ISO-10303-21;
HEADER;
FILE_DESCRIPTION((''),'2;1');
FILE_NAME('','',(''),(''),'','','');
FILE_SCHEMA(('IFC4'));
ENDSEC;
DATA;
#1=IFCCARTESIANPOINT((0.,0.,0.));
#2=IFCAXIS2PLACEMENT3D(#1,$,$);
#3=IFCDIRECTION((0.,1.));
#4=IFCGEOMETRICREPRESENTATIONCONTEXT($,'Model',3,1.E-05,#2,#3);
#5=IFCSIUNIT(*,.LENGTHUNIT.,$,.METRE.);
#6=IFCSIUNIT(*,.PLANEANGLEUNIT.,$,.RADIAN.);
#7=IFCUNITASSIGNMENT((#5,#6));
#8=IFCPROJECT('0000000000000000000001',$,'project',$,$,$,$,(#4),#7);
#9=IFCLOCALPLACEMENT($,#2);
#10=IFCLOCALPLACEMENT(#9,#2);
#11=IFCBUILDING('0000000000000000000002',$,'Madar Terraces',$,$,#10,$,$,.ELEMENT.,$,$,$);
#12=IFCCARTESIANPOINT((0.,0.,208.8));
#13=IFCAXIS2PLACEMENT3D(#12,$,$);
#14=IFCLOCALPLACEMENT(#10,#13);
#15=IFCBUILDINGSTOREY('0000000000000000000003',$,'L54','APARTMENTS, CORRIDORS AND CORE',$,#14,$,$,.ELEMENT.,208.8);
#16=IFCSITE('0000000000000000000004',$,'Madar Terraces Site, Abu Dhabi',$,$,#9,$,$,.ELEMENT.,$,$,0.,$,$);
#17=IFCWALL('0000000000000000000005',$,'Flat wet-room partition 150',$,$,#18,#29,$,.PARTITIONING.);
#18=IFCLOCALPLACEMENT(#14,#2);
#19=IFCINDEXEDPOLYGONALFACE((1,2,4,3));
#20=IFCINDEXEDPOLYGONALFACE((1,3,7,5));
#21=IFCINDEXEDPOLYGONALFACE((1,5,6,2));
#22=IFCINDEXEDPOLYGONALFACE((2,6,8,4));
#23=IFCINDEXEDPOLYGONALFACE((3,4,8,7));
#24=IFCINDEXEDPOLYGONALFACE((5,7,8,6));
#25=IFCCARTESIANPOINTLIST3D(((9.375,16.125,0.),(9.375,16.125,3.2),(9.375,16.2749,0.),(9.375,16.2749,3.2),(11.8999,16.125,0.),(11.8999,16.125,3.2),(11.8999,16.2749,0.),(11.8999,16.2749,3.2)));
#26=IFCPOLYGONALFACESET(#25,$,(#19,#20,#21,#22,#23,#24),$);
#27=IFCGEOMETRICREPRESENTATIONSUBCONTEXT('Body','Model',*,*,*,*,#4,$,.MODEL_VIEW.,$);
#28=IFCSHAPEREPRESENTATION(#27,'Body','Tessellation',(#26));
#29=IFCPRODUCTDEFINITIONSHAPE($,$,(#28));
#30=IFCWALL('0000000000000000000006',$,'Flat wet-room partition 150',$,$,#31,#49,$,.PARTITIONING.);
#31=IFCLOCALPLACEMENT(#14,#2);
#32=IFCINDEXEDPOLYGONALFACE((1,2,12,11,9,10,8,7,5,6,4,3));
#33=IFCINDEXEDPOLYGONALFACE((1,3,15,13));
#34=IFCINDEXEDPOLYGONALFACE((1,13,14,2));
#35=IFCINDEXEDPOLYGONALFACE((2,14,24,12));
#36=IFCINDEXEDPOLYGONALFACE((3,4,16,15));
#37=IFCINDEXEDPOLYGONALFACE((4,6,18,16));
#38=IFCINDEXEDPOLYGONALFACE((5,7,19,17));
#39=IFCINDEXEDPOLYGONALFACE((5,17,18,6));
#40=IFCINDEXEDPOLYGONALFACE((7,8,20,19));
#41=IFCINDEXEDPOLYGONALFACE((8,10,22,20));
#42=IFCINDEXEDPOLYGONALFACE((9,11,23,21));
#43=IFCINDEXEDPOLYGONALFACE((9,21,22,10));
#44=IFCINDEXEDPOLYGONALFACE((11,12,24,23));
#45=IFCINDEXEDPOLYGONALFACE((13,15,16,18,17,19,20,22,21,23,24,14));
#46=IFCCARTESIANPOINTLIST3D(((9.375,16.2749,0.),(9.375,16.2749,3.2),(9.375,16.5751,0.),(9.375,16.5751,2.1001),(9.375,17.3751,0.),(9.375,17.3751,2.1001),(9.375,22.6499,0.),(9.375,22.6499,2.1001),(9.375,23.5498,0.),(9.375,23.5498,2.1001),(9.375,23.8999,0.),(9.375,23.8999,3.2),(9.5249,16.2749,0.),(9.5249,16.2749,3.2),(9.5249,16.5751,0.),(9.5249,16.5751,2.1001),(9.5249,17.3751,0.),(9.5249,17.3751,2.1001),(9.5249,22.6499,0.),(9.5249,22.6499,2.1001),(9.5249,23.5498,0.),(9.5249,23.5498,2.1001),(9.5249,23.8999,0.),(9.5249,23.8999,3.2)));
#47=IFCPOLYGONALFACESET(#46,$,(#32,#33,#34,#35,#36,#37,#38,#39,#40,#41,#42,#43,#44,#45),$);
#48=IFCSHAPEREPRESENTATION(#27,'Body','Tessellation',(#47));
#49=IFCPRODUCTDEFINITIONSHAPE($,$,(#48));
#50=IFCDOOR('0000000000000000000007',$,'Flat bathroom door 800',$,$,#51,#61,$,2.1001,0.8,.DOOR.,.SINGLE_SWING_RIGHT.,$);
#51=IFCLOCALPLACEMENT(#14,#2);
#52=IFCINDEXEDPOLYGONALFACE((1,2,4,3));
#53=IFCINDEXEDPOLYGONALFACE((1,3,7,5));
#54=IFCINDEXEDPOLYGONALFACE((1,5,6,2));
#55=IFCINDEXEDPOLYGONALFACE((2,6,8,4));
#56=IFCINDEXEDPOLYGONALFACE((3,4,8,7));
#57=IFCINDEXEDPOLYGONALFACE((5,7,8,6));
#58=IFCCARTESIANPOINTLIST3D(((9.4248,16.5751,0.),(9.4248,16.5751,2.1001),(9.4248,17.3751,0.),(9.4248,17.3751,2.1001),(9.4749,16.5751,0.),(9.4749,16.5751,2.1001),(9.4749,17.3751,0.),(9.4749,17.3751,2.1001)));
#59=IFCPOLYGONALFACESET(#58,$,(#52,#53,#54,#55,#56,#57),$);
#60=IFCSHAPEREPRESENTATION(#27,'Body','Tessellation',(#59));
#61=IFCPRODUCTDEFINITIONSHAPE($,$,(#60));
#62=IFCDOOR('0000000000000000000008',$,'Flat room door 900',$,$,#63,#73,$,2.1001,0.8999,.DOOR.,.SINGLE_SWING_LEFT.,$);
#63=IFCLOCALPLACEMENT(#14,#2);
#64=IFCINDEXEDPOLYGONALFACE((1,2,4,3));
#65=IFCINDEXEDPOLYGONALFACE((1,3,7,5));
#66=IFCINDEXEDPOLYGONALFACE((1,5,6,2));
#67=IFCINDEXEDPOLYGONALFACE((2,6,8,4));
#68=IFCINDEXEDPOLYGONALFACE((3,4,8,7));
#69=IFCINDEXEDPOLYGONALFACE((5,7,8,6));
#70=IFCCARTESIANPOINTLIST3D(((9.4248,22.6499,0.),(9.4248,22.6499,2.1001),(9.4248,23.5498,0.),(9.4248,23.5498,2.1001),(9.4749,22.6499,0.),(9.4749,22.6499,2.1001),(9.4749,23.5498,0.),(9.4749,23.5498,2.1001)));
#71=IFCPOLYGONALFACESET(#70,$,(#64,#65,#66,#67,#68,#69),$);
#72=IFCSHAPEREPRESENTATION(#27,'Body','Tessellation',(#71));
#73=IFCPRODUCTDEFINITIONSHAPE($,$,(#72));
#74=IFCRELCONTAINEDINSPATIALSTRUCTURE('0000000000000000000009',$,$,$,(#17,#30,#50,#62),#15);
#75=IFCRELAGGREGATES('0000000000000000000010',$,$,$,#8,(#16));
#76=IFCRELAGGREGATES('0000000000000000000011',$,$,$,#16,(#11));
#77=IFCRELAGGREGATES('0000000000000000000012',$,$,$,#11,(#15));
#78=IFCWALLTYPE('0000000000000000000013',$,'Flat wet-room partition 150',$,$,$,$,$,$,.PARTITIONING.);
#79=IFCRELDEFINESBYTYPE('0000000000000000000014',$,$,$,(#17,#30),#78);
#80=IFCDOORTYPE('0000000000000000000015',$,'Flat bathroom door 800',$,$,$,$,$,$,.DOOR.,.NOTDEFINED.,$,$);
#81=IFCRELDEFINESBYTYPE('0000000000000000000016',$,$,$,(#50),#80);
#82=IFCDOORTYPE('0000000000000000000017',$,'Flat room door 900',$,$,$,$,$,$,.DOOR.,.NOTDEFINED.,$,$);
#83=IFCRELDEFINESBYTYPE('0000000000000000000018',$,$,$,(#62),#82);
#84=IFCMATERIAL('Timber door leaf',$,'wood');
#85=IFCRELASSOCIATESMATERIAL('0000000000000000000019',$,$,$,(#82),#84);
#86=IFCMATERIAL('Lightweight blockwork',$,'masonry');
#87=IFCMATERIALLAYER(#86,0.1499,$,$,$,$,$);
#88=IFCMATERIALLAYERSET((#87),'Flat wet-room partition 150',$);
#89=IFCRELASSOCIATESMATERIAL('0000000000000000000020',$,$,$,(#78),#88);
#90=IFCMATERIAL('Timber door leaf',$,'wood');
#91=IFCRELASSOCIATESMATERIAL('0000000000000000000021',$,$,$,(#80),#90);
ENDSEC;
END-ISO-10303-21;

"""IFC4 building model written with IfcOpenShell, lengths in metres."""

from ifc_helpers import new_model, si_unit, direction, frame, frame_2d, origin, place, context, subcontext, project, spatial, rectangle, extrude, material, layer, layer_set, type_object, element, fill, save


model = new_model("IFC4")

# Units and contexts
model_context = context("Model", 3, precision=1e-05, world=origin(), true_north=direction((0.0, 1.0)))
body_context = subcontext(model_context, "Body", "Model", "MODEL_VIEW")
ifc_project = project(units=[si_unit("LENGTHUNIT", "METRE"), si_unit("PLANEANGLEUNIT", "RADIAN")], contexts=[model_context])

# Site, building, storey
site_placement = place(None, origin())
site = spatial("IfcSite", under=ifc_project, at=site_placement, Name="Madar Terraces Site, Abu Dhabi", CompositionType="ELEMENT", RefElevation=0.0)
building_placement = place(site_placement, origin())
building = spatial("IfcBuilding", under=site, at=building_placement, Name="Madar Terraces", CompositionType="ELEMENT")
storey_placement = place(building_placement, frame((0.0, 0.0, 208.8)))
storey = spatial("IfcBuildingStorey", under=building, at=storey_placement, Name="L54", Description="APARTMENTS, CORRIDORS AND CORE", CompositionType="ELEMENT", Elevation=208.8)

# Shared definitions
ifc_material_1 = material(Name="Timber door leaf", Category="wood")
door_type_1 = type_object("IfcDoorType", Name="Flat room door 900", OperationType="NOTDEFINED", PredefinedType="DOOR", material=ifc_material_1)

# Wall
ifc_material_2 = material(Name="Lightweight blockwork", Category="masonry")
ifc_layer_1 = layer(ifc_material_2, 0.1499)
ifc_layer_set_1 = layer_set([ifc_layer_1], Name="Flat wet-room partition 150")
wall_type_1 = type_object("IfcWallType", Name="Flat wet-room partition 150", PredefinedType="PARTITIONING", material=ifc_layer_set_1)
wall_1_placement = place(storey_placement, frame((11.8999, 16.2, 0.0), z_axis=(0.0, 0.0, 1.0), x_axis=(-1.0, 0.0, 0.0)))
element("IfcWall", 1, at=wall_1_placement, inside=storey, type_object=wall_type_1, Name="Flat wet-room partition 150", PredefinedType="PARTITIONING", context=body_context, shape_type="SweptSolid", body=[
    extrude(rectangle(XDim=2.5249, YDim=0.1499, at=frame_2d((1.2625, 0.0))), origin(), (0.0, 0.0, 1.0), 3.2),
])

# Wall, openings, doors
wall_2_placement = place(storey_placement, frame((9.45, 23.8999, 0.0), z_axis=(0.0, 0.0, 1.0), x_axis=(0.0, -1.0, 0.0)))
wall_2 = element("IfcWall", 2, at=wall_2_placement, inside=storey, type_object=wall_type_1, Name="Flat wet-room partition 150", PredefinedType="PARTITIONING", context=body_context, shape_type="SweptSolid", body=[
    extrude(rectangle(XDim=7.625, YDim=0.1499, at=frame_2d((3.8125, 0.0))), origin(), (0.0, 0.0, 1.0), 3.2),
])
opening_1_placement = place(wall_2_placement, frame((6.5249, 0.0, 0.0)))
opening_1 = element("IfcOpeningElement", 3, at=opening_1_placement, cuts=wall_2, PredefinedType="OPENING", context=body_context, shape_type="SweptSolid", body=[
    extrude(rectangle(XDim=0.8, YDim=2.1001, at=frame_2d((0.3999, 1.05))), frame((0.0, 0.085, 0.0), z_axis=(0.0, -1.0, 0.0), x_axis=(1.0, 0.0, 0.0)), (0.0, 0.0, 1.0), 0.1699),
])
opening_2_placement = place(wall_2_placement, frame((0.3501, 0.0, 0.0)))
opening_2 = element("IfcOpeningElement", 4, at=opening_2_placement, cuts=wall_2, PredefinedType="OPENING", context=body_context, shape_type="SweptSolid", body=[
    extrude(rectangle(XDim=0.8999, YDim=2.1001, at=frame_2d((0.45, 1.05))), frame((0.0, 0.085, 0.0), z_axis=(0.0, -1.0, 0.0), x_axis=(1.0, 0.0, 0.0)), (0.0, 0.0, 1.0), 0.1699),
])
ifc_material_3 = material(Name="Timber door leaf", Category="wood")
door_type_2 = type_object("IfcDoorType", Name="Flat bathroom door 800", OperationType="NOTDEFINED", PredefinedType="DOOR", material=ifc_material_3)
door_1_placement = place(opening_1_placement, origin())
door_1 = element("IfcDoor", 5, at=door_1_placement, inside=storey, type_object=door_type_2, Name="Flat bathroom door 800", OperationType="SINGLE_SWING_RIGHT", OverallHeight=2.1001, OverallWidth=0.8, PredefinedType="DOOR", context=body_context, shape_type="SweptSolid", body=[
    extrude(rectangle(XDim=0.8, YDim=2.1001, at=frame_2d((0.3999, 1.05))), frame((0.0, 0.0249, 0.0), z_axis=(0.0, -1.0, 0.0), x_axis=(1.0, 0.0, 0.0)), (0.0, 0.0, 1.0), 0.05),
])
fill(opening_1, door_1)
door_2_placement = place(opening_2_placement, origin())
door_2 = element("IfcDoor", 6, at=door_2_placement, inside=storey, type_object=door_type_1, Name="Flat room door 900", OperationType="SINGLE_SWING_LEFT", OverallHeight=2.1001, OverallWidth=0.8999, PredefinedType="DOOR", context=body_context, shape_type="SweptSolid", body=[
    extrude(rectangle(XDim=0.8999, YDim=2.1001, at=frame_2d((0.45, 1.05))), frame((0.0, 0.0249, 0.0), z_axis=(0.0, -1.0, 0.0), x_axis=(1.0, 0.0, 0.0)), (0.0, 0.0, 1.0), 0.05),
])
fill(opening_2, door_2)

save(model, "model.ifc")
